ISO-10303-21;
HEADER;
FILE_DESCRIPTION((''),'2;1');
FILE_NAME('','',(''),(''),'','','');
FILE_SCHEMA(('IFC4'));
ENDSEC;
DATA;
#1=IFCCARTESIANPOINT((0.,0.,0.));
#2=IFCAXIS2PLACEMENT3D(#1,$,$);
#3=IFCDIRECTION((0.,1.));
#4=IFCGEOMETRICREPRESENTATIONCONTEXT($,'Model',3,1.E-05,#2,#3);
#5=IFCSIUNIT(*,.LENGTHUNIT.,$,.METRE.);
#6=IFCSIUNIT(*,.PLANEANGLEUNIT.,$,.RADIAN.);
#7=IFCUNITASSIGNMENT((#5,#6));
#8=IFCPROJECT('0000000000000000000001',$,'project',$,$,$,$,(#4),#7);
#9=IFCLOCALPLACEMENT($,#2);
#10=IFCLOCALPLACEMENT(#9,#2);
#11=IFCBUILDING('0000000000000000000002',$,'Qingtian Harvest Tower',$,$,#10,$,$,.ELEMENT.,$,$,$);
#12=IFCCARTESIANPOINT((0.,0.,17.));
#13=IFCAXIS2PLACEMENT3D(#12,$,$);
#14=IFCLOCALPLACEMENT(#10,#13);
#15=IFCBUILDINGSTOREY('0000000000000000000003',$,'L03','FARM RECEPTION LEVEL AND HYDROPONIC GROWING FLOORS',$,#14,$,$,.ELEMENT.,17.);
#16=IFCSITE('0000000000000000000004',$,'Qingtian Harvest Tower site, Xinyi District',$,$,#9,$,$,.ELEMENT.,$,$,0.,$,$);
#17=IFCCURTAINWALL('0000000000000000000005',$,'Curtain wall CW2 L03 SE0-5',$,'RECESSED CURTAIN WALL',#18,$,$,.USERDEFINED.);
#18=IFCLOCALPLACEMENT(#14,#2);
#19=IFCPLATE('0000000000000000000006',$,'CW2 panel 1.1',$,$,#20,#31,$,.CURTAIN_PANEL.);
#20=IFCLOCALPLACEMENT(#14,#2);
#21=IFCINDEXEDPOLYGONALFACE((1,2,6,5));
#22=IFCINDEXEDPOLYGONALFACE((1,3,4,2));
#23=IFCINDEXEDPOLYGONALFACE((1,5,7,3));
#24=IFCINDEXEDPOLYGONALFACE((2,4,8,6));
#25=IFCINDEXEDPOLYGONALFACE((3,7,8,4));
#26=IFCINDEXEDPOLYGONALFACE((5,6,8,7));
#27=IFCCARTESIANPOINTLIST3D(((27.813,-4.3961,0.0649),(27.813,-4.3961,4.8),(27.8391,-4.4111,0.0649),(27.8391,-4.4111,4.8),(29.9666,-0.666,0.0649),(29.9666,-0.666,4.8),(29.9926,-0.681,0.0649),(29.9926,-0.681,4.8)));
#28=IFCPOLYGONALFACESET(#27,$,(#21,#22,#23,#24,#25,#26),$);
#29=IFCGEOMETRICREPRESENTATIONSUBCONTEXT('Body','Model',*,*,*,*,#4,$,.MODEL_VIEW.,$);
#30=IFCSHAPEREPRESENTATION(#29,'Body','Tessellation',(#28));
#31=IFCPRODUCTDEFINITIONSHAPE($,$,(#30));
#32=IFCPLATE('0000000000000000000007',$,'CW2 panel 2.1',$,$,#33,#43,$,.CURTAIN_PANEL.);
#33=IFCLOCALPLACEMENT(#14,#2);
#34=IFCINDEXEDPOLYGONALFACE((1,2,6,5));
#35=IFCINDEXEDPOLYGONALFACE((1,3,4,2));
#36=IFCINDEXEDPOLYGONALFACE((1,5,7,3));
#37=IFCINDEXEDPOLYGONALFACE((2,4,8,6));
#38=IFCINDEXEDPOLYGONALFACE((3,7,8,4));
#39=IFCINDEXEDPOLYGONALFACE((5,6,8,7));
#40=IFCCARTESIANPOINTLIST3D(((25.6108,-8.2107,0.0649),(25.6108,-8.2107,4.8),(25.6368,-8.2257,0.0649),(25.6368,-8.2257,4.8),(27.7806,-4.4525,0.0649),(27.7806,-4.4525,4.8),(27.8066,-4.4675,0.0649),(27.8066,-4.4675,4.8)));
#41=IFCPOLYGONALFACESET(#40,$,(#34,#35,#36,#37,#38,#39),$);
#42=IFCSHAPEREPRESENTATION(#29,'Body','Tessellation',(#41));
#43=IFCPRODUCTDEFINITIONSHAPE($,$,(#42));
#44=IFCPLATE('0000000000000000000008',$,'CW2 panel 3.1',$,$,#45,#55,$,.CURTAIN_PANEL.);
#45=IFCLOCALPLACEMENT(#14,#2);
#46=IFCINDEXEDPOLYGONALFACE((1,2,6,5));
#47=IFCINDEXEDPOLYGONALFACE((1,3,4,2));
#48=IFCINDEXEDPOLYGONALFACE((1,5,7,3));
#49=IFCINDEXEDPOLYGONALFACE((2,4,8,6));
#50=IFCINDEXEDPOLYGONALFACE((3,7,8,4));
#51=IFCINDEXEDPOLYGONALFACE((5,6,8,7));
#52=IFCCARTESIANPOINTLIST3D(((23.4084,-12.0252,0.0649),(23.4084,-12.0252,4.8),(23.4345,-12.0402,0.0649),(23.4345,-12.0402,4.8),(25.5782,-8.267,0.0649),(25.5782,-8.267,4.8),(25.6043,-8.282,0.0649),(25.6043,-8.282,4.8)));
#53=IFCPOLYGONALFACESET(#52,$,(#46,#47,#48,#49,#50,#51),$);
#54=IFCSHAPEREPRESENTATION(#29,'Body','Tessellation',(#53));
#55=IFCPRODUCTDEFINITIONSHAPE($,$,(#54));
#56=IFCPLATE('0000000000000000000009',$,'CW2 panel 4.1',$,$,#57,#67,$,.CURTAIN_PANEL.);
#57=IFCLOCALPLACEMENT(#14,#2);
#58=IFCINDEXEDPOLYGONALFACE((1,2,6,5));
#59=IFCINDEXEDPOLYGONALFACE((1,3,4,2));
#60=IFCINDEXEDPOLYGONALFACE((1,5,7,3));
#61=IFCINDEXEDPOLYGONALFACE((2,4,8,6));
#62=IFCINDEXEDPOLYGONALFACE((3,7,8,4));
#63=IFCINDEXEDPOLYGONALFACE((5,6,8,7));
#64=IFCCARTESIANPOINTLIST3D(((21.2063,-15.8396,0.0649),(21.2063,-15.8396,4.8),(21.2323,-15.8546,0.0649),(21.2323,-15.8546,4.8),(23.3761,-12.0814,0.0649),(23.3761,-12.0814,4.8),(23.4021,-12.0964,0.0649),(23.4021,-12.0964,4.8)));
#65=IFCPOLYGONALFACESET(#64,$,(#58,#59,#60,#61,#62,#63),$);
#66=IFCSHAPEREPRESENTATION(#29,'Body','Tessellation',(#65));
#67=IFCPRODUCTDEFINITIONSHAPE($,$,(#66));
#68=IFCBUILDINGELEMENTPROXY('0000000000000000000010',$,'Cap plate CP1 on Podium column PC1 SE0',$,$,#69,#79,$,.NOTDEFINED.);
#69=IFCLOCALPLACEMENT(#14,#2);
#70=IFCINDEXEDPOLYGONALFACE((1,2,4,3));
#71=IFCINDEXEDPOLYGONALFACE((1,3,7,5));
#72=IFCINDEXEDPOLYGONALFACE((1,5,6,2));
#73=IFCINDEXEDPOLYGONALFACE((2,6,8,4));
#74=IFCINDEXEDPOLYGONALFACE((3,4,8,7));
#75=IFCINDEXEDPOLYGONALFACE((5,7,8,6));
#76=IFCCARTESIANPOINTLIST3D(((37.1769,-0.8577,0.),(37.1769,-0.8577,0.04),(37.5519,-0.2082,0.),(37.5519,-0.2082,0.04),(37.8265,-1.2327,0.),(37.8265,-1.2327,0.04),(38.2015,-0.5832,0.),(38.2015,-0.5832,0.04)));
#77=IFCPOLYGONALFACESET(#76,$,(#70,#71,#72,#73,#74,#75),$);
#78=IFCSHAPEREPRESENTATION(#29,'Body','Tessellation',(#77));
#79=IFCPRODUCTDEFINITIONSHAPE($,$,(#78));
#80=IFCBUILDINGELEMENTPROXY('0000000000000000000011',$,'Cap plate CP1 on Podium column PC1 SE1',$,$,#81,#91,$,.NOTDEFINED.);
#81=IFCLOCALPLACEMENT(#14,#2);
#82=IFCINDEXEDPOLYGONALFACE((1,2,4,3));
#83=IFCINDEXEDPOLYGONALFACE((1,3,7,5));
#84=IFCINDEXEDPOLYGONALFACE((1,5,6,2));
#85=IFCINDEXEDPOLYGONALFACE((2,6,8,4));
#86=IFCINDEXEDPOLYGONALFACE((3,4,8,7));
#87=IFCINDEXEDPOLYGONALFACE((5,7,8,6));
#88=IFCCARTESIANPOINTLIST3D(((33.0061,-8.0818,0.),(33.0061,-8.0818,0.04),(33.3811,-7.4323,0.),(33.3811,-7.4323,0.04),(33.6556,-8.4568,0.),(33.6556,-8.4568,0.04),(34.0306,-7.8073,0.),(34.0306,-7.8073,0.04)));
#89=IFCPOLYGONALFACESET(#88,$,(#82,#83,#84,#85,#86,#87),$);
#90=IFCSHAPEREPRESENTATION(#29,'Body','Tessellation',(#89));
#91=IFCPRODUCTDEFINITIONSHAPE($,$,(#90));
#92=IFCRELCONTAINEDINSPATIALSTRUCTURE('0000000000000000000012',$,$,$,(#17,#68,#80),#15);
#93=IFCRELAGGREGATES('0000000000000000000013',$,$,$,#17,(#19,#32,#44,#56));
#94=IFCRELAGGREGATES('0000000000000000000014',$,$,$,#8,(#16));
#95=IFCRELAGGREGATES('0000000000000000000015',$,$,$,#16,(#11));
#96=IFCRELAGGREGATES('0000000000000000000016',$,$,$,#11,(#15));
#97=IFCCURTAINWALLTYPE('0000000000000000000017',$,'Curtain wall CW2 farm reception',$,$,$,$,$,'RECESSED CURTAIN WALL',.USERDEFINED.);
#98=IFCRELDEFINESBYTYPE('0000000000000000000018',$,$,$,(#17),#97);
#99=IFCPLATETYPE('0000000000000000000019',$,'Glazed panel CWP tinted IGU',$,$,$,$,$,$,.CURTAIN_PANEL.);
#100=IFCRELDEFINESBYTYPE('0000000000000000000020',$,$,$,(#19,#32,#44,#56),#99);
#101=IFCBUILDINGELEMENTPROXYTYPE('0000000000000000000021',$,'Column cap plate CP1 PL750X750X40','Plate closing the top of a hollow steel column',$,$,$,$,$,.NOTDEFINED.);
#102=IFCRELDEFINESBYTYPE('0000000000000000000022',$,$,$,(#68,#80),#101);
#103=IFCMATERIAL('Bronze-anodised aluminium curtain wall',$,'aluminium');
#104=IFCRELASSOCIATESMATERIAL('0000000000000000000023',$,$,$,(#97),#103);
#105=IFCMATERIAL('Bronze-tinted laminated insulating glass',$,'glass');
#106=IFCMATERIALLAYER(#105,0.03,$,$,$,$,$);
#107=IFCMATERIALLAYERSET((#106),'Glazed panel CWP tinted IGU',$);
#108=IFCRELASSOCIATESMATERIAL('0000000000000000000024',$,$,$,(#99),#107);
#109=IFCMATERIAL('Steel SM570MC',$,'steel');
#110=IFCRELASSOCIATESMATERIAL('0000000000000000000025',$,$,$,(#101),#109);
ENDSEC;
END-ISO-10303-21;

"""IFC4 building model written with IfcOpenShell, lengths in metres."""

from ifc_helpers import new_model, si_unit, direction, frame, origin, origin_2d, place, context, subcontext, project, spatial, rectangle, extrude, material, layer, layer_set, material_profile, profile_set, type_object, element, aggregate, save


model = new_model("IFC4")

# Units and contexts
model_context = context("Model", 3, precision=1e-05, world=origin(), true_north=direction((0.0, 1.0)))
body_context = subcontext(model_context, "Body", "Model", "MODEL_VIEW")
ifc_project = project(units=[si_unit("LENGTHUNIT", "METRE"), si_unit("PLANEANGLEUNIT", "RADIAN")], contexts=[model_context])

# Site, building, storey
site_placement = place(None, origin())
site = spatial("IfcSite", under=ifc_project, at=site_placement, Name="Qingtian Harvest Tower site, Xinyi District", CompositionType="ELEMENT", RefElevation=0.0)
building_placement = place(site_placement, origin())
building = spatial("IfcBuilding", under=site, at=building_placement, Name="Qingtian Harvest Tower", CompositionType="ELEMENT")
storey_placement = place(building_placement, frame((0.0, 0.0, 17.0)))
storey = spatial("IfcBuildingStorey", under=building, at=storey_placement, Name="L03", Description="FARM RECEPTION LEVEL AND HYDROPONIC GROWING FLOORS", CompositionType="ELEMENT", Elevation=17.0)

# Shared definitions
ifc_material_1 = material(Name="Bronze-anodised aluminium curtain wall", Category="aluminium")
curtain_wall_type = type_object("IfcCurtainWallType", Name="Curtain wall CW2 farm reception", ElementType="RECESSED CURTAIN WALL", PredefinedType="USERDEFINED", material=ifc_material_1)

# Curtain wall
curtain_wall_1_placement = place(storey_placement, origin())
curtain_wall_1 = element("IfcCurtainWall", 1, at=curtain_wall_1_placement, inside=storey, type_object=curtain_wall_type, Name="Curtain wall CW2 L03 SE0-5", ObjectType="RECESSED CURTAIN WALL", PredefinedType="USERDEFINED")

# Plates
ifc_material_2 = material(Name="Bronze-tinted laminated insulating glass", Category="glass")
ifc_layer = layer(ifc_material_2, 0.03)
ifc_layer_set = layer_set([ifc_layer], Name="Glazed panel CWP tinted IGU")
plate_type = type_object("IfcPlateType", Name="Glazed panel CWP tinted IGU", PredefinedType="CURTAIN_PANEL", material=ifc_layer_set)
plate_1_placement = place(storey_placement, frame((28.9028, -2.5386, 0.0649), z_axis=(0.0, 0.0, 1.0), x_axis=(-0.5, -0.866025, 0.0)))
plate_1 = element("IfcPlate", 2, at=plate_1_placement, type_object=plate_type, Name="CW2 panel 1.1", PredefinedType="CURTAIN_PANEL", context=body_context, shape_type="SweptSolid", body=[
    extrude(rectangle(XDim=4.3071, YDim=0.03, at=origin_2d()), origin(), (0.0, 0.0, 1.0), 4.7351),
])
plate_2_placement = place(storey_placement, frame((26.7087, -6.3391, 0.0649), z_axis=(0.0, 0.0, 1.0), x_axis=(-0.5, -0.866025, 0.0)))
plate_2 = element("IfcPlate", 3, at=plate_2_placement, type_object=plate_type, Name="CW2 panel 2.1", PredefinedType="CURTAIN_PANEL", context=body_context, shape_type="SweptSolid", body=[
    extrude(rectangle(XDim=4.3396, YDim=0.03, at=origin_2d()), origin(), (0.0, 0.0, 1.0), 4.7351),
])
plate_3_placement = place(storey_placement, frame((24.5063, -10.1536, 0.0649), z_axis=(0.0, 0.0, 1.0), x_axis=(-0.5, -0.866025, 0.0)))
plate_3 = element("IfcPlate", 4, at=plate_3_placement, type_object=plate_type, Name="CW2 panel 3.1", PredefinedType="CURTAIN_PANEL", context=body_context, shape_type="SweptSolid", body=[
    extrude(rectangle(XDim=4.3396, YDim=0.03, at=origin_2d()), origin(), (0.0, 0.0, 1.0), 4.7351),
])
plate_4_placement = place(storey_placement, frame((22.3042, -13.968, 0.0649), z_axis=(0.0, 0.0, 1.0), x_axis=(-0.5, -0.866025, 0.0)))
plate_4 = element("IfcPlate", 5, at=plate_4_placement, type_object=plate_type, Name="CW2 panel 4.1", PredefinedType="CURTAIN_PANEL", context=body_context, shape_type="SweptSolid", body=[
    extrude(rectangle(XDim=4.3396, YDim=0.03, at=origin_2d()), origin(), (0.0, 0.0, 1.0), 4.7351),
])
aggregate(curtain_wall_1, [plate_1, plate_2, plate_3, plate_4])

# Building element proxies
ifc_material_3 = material(Name="Steel SM570MC", Category="steel")
ifc_material_profile_1 = material_profile(ifc_material_3, rectangle(XDim=0.75, YDim=0.75, at=origin_2d()), Name="PL750X750X40")
ifc_profile_set_1 = profile_set([ifc_material_profile_1], Name="Steel SM570MC")
building_element_proxy_type = type_object("IfcBuildingElementProxyType", Name="Column cap plate CP1 PL750X750X40", Description="Plate closing the top of a hollow steel column", PredefinedType="NOTDEFINED", material=ifc_profile_set_1)
for number, where, z_axis, x_axis, name in (
    (6, (37.6892, -0.7205, 0.0), (0.0, 0.0, 1.0), (0.5, 0.866025, 0.0), "Cap plate CP1 on Podium column PC1 SE0"),
    (7, (33.5183, -7.9446, 0.0), (0.0, 0.0, 1.0), (0.5, 0.866025, 0.0), "Cap plate CP1 on Podium column PC1 SE1"),
):
    element("IfcBuildingElementProxy", number, at=place(storey_placement, frame(where, z_axis=z_axis, x_axis=x_axis)), inside=storey, type_object=building_element_proxy_type, Name=name, PredefinedType="NOTDEFINED", context=body_context, shape_type="SweptSolid", body=[
        extrude(rectangle(XDim=0.75, YDim=0.75, at=origin_2d()), origin(), (0.0, 0.0, 1.0), 0.04),
    ])

save(model, "model.ifc")
